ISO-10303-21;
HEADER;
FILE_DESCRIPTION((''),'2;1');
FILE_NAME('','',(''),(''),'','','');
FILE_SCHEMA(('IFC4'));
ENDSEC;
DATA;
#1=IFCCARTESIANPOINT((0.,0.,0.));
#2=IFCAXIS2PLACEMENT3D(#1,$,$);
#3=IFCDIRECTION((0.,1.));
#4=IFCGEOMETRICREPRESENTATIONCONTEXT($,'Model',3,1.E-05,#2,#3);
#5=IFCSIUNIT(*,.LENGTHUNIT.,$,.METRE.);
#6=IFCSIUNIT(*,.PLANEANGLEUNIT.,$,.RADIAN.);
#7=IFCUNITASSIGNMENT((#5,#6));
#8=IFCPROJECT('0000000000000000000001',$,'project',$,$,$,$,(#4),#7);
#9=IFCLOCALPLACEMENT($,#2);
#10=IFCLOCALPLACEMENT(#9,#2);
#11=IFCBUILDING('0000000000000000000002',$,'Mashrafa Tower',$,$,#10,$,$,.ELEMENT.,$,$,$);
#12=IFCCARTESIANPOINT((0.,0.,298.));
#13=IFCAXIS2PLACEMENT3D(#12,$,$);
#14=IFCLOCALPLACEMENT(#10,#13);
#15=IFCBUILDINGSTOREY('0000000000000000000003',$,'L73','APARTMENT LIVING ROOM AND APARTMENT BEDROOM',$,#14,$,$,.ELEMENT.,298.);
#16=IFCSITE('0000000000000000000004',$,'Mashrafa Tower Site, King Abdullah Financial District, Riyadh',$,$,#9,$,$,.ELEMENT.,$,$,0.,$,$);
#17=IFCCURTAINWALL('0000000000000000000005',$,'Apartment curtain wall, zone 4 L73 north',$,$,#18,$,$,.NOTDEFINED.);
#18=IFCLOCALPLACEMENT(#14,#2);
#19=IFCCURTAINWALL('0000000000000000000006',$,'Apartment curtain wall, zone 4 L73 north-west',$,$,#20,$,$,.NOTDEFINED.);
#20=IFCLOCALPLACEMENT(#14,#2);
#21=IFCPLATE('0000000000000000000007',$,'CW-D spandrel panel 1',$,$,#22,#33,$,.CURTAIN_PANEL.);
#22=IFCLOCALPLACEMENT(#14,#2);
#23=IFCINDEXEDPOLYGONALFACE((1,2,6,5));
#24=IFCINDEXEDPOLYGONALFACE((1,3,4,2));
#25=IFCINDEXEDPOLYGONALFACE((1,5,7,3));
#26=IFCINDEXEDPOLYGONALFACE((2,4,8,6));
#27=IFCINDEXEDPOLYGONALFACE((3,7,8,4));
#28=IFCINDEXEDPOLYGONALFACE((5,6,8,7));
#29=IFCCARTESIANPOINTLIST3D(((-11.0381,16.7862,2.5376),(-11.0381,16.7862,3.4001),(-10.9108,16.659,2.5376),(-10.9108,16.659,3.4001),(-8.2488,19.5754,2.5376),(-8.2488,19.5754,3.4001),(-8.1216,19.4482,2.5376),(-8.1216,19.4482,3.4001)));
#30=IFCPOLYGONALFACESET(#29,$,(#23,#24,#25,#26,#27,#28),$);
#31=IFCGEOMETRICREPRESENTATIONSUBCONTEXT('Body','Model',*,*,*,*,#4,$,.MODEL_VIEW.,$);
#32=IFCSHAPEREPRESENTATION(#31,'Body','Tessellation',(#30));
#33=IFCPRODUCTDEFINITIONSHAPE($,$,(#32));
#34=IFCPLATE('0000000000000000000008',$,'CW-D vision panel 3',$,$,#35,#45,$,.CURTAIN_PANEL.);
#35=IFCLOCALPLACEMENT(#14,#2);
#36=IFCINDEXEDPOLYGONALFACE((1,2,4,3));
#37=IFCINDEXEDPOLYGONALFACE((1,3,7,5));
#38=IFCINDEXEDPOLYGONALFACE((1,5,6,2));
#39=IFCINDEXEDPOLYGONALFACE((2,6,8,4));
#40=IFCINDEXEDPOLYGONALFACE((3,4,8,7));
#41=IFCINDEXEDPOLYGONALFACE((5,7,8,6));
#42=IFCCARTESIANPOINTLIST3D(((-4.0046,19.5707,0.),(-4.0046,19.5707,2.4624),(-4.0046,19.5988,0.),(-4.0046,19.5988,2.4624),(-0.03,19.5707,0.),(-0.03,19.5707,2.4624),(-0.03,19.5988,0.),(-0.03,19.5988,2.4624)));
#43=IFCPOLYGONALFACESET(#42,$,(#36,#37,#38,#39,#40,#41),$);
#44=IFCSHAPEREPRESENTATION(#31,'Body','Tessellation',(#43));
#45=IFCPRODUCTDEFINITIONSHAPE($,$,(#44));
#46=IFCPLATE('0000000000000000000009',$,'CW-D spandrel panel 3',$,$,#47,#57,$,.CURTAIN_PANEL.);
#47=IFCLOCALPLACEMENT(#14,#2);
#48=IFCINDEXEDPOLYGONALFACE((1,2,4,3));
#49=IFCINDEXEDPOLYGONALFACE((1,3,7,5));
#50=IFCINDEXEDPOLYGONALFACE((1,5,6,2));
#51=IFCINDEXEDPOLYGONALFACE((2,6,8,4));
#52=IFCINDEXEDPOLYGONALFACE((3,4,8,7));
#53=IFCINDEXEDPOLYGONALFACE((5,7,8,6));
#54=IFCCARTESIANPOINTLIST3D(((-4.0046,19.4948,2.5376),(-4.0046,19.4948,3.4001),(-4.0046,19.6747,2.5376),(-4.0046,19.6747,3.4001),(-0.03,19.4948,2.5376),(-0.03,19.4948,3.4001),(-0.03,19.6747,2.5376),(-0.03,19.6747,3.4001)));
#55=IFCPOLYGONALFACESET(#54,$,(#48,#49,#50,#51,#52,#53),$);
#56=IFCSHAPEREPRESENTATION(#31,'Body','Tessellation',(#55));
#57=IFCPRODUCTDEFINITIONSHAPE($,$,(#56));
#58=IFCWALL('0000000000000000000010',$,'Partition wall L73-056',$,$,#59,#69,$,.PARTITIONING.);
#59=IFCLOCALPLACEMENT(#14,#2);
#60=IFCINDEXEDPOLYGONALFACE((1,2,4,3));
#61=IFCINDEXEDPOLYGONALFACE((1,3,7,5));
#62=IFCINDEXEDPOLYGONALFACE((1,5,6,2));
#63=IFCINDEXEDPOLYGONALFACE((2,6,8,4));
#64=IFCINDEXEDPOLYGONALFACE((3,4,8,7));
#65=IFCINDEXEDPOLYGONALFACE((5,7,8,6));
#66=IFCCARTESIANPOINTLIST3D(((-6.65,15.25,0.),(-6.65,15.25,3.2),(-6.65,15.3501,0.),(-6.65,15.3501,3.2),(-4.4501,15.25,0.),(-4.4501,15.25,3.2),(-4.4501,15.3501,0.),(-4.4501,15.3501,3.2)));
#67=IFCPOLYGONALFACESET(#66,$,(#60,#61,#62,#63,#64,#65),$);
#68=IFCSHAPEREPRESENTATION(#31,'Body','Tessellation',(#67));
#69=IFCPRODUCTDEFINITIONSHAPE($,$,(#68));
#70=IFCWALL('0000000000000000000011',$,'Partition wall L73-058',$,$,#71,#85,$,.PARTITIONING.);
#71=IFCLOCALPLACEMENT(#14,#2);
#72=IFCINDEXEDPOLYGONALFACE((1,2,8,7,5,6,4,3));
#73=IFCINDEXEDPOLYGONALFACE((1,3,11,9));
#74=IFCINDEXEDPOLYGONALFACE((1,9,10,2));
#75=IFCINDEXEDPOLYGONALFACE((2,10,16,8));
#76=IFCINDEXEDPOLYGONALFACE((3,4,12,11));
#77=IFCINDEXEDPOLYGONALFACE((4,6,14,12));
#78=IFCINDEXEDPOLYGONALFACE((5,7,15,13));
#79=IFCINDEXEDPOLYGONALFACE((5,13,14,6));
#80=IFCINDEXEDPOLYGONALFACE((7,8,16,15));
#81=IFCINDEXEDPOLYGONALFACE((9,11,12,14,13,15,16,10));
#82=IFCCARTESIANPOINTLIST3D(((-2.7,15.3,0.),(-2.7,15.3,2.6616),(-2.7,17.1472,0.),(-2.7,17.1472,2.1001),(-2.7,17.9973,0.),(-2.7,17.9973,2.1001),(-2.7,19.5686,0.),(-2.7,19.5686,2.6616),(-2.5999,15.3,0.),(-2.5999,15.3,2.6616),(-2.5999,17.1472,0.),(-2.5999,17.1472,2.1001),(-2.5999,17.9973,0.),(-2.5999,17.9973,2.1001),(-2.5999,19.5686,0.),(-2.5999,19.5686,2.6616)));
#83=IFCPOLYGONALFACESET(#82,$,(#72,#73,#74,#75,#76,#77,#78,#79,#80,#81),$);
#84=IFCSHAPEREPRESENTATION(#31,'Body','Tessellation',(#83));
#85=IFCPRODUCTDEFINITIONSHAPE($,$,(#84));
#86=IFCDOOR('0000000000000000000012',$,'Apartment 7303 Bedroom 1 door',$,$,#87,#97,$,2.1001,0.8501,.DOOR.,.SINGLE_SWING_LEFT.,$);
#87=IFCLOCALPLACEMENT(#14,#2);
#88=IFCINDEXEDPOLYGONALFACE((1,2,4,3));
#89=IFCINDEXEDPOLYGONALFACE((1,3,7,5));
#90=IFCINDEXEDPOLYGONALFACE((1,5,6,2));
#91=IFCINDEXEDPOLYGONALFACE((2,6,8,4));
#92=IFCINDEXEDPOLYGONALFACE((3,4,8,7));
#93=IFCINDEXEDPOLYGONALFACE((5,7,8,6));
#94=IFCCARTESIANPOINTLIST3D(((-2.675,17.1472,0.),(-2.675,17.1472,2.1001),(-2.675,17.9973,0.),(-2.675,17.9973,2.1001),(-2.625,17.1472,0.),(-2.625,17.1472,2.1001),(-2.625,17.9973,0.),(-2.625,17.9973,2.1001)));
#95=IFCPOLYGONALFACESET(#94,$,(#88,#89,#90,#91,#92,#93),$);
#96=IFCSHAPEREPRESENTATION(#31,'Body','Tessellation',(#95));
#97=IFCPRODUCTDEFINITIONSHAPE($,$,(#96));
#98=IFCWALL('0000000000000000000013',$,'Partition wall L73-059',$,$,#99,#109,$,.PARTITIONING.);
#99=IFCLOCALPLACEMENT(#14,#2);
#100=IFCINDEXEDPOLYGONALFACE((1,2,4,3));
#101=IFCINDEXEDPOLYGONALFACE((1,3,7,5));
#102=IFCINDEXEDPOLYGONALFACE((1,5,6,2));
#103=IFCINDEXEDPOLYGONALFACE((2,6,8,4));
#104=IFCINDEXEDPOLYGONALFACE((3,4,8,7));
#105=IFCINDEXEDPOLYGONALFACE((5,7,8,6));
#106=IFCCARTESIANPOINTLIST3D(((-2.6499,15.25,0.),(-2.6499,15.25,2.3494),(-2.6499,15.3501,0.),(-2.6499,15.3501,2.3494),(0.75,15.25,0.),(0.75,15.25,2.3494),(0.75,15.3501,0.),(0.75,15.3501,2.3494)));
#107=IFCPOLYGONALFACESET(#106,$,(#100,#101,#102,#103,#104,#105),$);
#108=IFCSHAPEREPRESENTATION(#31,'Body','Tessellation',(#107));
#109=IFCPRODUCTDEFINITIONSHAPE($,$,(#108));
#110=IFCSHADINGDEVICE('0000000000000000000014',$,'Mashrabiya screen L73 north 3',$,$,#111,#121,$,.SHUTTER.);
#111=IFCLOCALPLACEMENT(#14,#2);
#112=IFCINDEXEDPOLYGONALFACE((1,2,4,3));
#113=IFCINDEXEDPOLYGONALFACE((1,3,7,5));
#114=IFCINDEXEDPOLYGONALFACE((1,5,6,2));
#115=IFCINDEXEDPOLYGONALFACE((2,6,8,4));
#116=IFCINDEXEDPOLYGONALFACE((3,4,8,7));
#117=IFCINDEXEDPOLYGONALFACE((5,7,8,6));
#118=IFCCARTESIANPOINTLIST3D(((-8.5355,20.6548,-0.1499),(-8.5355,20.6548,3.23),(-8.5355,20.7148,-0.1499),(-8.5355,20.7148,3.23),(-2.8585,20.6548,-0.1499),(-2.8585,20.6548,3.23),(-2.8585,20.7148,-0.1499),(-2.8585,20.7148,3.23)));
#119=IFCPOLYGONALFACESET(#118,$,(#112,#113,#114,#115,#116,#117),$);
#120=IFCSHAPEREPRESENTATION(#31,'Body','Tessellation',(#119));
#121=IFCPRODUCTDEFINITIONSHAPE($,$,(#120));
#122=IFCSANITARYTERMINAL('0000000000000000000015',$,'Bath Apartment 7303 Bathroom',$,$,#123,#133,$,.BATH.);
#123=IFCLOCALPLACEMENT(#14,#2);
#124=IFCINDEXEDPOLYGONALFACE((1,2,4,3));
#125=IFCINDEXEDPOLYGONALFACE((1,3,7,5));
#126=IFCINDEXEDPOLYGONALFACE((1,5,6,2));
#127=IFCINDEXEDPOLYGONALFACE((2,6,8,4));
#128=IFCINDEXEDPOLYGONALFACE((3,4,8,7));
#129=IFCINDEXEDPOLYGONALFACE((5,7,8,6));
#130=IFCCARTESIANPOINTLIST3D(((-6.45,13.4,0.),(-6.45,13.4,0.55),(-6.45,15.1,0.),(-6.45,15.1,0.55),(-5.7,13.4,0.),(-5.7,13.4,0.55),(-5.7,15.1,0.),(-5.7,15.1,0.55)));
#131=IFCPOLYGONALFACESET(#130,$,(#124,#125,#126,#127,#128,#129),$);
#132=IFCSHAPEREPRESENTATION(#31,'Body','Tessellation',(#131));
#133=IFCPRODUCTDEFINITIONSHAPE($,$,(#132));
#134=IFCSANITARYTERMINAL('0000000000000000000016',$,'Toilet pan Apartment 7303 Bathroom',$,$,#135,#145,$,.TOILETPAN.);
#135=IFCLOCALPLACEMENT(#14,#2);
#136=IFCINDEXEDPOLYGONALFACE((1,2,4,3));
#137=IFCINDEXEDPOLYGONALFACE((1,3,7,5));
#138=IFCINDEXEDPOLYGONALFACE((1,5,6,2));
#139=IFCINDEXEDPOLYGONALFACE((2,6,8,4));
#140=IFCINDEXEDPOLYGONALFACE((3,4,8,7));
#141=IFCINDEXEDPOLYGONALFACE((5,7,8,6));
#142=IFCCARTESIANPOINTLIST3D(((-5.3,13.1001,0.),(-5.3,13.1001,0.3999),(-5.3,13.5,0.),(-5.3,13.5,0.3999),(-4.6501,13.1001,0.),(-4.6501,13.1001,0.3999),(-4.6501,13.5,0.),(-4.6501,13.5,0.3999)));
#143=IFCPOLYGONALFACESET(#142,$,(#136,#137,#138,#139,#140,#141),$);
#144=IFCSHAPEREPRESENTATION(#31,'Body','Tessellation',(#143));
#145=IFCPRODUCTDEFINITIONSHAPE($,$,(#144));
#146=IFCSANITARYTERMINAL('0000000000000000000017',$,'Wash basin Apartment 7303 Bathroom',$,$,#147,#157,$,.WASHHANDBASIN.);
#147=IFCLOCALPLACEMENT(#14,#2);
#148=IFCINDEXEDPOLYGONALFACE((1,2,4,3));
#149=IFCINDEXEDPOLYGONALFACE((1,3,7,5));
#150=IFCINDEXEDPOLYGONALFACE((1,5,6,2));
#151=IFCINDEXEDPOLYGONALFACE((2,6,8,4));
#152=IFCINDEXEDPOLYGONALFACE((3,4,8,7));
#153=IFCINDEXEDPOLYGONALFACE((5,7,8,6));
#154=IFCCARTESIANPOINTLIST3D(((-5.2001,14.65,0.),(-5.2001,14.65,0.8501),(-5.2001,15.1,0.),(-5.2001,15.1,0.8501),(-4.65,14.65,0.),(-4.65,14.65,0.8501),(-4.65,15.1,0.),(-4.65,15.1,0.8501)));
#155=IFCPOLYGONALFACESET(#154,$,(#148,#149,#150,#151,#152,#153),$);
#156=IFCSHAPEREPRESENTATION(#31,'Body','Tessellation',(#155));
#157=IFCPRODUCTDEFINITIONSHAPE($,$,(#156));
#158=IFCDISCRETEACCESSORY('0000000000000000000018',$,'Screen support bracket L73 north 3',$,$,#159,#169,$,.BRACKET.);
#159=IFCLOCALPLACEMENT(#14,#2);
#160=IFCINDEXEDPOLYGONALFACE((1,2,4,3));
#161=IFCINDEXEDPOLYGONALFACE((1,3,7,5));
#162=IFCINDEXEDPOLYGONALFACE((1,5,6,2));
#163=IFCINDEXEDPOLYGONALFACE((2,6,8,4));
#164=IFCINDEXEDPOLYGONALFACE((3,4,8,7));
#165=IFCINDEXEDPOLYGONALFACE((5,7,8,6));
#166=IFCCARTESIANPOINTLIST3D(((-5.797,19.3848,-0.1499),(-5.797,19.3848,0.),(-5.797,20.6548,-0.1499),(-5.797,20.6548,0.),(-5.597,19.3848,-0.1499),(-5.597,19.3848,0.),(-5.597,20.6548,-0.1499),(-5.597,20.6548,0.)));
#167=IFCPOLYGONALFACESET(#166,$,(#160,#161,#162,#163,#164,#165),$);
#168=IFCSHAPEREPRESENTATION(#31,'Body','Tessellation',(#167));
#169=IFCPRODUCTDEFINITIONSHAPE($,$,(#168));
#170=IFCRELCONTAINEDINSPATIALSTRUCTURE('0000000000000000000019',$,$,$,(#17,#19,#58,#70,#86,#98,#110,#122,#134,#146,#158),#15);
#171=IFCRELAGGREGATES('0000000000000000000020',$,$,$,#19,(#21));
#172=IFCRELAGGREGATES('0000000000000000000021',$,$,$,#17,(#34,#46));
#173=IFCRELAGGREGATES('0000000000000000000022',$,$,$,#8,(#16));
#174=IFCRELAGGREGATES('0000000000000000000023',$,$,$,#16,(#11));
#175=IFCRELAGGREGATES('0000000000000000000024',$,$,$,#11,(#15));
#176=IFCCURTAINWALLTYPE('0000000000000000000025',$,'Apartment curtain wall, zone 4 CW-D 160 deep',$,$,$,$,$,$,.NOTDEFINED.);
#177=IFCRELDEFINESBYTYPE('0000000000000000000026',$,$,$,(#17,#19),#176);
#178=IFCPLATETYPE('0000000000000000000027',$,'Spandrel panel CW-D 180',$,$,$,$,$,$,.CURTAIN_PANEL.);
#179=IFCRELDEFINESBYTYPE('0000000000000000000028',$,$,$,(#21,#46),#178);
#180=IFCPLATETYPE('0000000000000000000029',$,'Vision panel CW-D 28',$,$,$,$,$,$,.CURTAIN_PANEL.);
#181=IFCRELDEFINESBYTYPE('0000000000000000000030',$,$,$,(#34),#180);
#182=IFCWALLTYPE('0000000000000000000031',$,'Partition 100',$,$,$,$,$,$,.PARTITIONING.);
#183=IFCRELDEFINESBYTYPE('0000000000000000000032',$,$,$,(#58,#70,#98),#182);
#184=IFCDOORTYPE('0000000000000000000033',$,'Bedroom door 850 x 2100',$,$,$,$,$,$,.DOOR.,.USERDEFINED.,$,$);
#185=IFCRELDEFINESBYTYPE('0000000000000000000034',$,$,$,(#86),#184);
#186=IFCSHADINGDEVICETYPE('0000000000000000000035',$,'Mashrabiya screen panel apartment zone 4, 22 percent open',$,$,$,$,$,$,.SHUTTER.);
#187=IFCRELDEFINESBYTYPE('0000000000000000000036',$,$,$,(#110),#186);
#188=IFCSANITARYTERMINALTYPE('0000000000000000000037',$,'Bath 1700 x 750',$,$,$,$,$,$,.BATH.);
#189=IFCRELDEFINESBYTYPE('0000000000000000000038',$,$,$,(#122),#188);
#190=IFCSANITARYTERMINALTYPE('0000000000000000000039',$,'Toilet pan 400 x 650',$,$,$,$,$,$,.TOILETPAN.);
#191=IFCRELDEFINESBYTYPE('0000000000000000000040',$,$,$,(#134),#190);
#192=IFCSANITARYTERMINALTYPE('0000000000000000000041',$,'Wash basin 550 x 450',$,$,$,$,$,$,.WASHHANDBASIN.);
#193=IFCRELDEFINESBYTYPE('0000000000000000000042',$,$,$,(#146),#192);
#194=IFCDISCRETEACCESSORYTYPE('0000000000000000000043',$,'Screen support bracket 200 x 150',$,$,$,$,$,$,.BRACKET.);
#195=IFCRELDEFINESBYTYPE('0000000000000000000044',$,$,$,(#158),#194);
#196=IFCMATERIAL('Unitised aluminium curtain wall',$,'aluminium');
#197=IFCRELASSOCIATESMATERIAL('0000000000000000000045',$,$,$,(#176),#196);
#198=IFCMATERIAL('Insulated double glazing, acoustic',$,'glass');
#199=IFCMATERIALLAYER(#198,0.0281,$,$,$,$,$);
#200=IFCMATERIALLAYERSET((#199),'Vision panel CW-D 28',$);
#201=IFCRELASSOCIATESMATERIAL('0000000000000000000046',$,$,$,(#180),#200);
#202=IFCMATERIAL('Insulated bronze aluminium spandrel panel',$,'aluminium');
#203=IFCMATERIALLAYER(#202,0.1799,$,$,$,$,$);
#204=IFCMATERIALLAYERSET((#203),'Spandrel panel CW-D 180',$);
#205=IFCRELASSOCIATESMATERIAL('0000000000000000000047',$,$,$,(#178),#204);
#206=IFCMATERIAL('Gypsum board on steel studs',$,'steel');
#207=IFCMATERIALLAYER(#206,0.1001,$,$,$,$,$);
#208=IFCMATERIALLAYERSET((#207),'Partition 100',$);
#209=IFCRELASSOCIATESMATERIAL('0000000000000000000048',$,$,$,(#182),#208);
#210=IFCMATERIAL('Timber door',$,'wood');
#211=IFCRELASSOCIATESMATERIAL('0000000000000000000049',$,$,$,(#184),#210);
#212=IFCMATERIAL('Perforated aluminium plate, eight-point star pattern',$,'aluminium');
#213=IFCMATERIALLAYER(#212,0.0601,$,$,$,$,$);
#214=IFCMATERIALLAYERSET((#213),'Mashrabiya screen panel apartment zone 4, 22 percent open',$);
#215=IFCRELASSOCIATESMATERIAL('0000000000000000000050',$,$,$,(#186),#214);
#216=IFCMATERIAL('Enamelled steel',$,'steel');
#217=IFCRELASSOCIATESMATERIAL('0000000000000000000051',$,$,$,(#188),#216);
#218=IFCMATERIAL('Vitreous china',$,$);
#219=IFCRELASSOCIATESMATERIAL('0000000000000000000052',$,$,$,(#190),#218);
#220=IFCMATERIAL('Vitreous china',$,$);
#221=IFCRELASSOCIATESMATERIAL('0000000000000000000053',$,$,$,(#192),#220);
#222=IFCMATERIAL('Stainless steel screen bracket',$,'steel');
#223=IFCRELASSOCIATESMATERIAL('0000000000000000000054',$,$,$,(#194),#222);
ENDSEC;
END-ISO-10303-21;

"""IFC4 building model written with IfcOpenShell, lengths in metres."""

from ifc_helpers import new_model, si_unit, direction, frame, frame_2d, origin, origin_2d, place, context, subcontext, project, spatial, rectangle, extrude, source, transform, mapped, material, layer, layer_set, type_object, type_shapes, element, fill, aggregate, save


model = new_model("IFC4")

# Units and contexts
model_context = context("Model", 3, precision=1e-05, world=origin(), true_north=direction((0.0, 1.0)))
body_context = subcontext(model_context, "Body", "Model", "MODEL_VIEW")
ifc_project = project(units=[si_unit("LENGTHUNIT", "METRE"), si_unit("PLANEANGLEUNIT", "RADIAN")], contexts=[model_context])

# Site, building, storey
site_placement = place(None, origin())
site = spatial("IfcSite", under=ifc_project, at=site_placement, Name="Mashrafa Tower Site, King Abdullah Financial District, Riyadh", CompositionType="ELEMENT", RefElevation=0.0)
building_placement = place(site_placement, origin())
building = spatial("IfcBuilding", under=site, at=building_placement, Name="Mashrafa Tower", CompositionType="ELEMENT")
storey_placement = place(building_placement, frame((0.0, 0.0, 298.0)))
storey = spatial("IfcBuildingStorey", under=building, at=storey_placement, Name="L73", Description="APARTMENT LIVING ROOM AND APARTMENT BEDROOM", CompositionType="ELEMENT", Elevation=298.0)

# Curtain wall
ifc_material_1 = material(Name="Unitised aluminium curtain wall", Category="aluminium")
curtain_wall_type = type_object("IfcCurtainWallType", Name="Apartment curtain wall, zone 4 CW-D 160 deep", PredefinedType="NOTDEFINED", material=ifc_material_1)
curtain_wall_1_placement = place(storey_placement, origin())
curtain_wall_1 = element("IfcCurtainWall", 1, at=curtain_wall_1_placement, inside=storey, type_object=curtain_wall_type, Name="Apartment curtain wall, zone 4 L73 north", PredefinedType="NOTDEFINED")

# Curtain wall
curtain_wall_2_placement = place(storey_placement, origin())
curtain_wall_2 = element("IfcCurtainWall", 2, at=curtain_wall_2_placement, inside=storey, type_object=curtain_wall_type, Name="Apartment curtain wall, zone 4 L73 north-west", PredefinedType="NOTDEFINED")

# Plates
ifc_material_2 = material(Name="Insulated double glazing, acoustic", Category="glass")
ifc_layer_1 = layer(ifc_material_2, 0.0281)
ifc_layer_set_1 = layer_set([ifc_layer_1], Name="Vision panel CW-D 28")
plate_type_1 = type_object("IfcPlateType", Name="Vision panel CW-D 28", PredefinedType="CURTAIN_PANEL", material=ifc_layer_set_1)
ifc_material_3 = material(Name="Insulated bronze aluminium spandrel panel", Category="aluminium")
ifc_layer_2 = layer(ifc_material_3, 0.1799)
ifc_layer_set_2 = layer_set([ifc_layer_2], Name="Spandrel panel CW-D 180")
plate_type_2 = type_object("IfcPlateType", Name="Spandrel panel CW-D 180", PredefinedType="CURTAIN_PANEL", material=ifc_layer_set_2)
shared_shape_1 = source(origin(), body_context, "Body", "SweptSolid", [
    extrude(rectangle(XDim=3.9446, YDim=0.1799, at=origin_2d()), origin(), (0.0, 0.0, 1.0), 0.8625),
])
plate_1_placement = place(storey_placement, frame((-9.5798, 18.1172, 2.5376), z_axis=(0.0, 0.0, 1.0), x_axis=(-0.707107, -0.707107, 0.0)))
plate_1 = element("IfcPlate", 3, at=plate_1_placement, type_object=plate_type_2, Name="CW-D spandrel panel 1", PredefinedType="CURTAIN_PANEL", context=body_context, shape_type="MappedRepresentation", body=[
    mapped(shared_shape_1, transform((0.0, 0.0, 0.0))),
])
aggregate(curtain_wall_2, [plate_1])
shared_shape_2 = source(origin(), body_context, "Body", "SweptSolid", [
    extrude(rectangle(XDim=3.9746, YDim=0.0281, at=origin_2d()), origin(), (0.0, 0.0, 1.0), 2.4624),
])
plate_2_placement = place(storey_placement, frame((-2.0173, 19.5847, 0.0), z_axis=(0.0, 0.0, 1.0), x_axis=(-1.0, 0.0, 0.0)))
plate_2 = element("IfcPlate", 4, at=plate_2_placement, type_object=plate_type_1, Name="CW-D vision panel 3", PredefinedType="CURTAIN_PANEL", context=body_context, shape_type="MappedRepresentation", body=[
    mapped(shared_shape_2, transform((0.0, 0.0, 0.0))),
])
shared_shape_3 = source(origin(), body_context, "Body", "SweptSolid", [
    extrude(rectangle(XDim=3.9746, YDim=0.1799, at=origin_2d()), origin(), (0.0, 0.0, 1.0), 0.8625),
])
type_shapes(plate_type_2, [shared_shape_1, shared_shape_3])
plate_3_placement = place(storey_placement, frame((-2.0173, 19.5847, 2.5376), z_axis=(0.0, 0.0, 1.0), x_axis=(-1.0, 0.0, 0.0)))
plate_3 = element("IfcPlate", 5, at=plate_3_placement, type_object=plate_type_2, Name="CW-D spandrel panel 3", PredefinedType="CURTAIN_PANEL", context=body_context, shape_type="MappedRepresentation", body=[
    mapped(shared_shape_3, transform((0.0, 0.0, 0.0))),
])
aggregate(curtain_wall_1, [plate_2, plate_3])

# Wall
ifc_material_4 = material(Name="Gypsum board on steel studs", Category="steel")
ifc_layer_3 = layer(ifc_material_4, 0.1001)
ifc_layer_set_3 = layer_set([ifc_layer_3], Name="Partition 100")
wall_type = type_object("IfcWallType", Name="Partition 100", PredefinedType="PARTITIONING", material=ifc_layer_set_3)
wall_1_placement = place(storey_placement, frame((-4.45, 15.3, 0.0), z_axis=(0.0, 0.0, 1.0), x_axis=(-1.0, 0.0, 0.0)))
element("IfcWall", 6, at=wall_1_placement, inside=storey, type_object=wall_type, Name="Partition wall L73-056", PredefinedType="PARTITIONING", context=body_context, shape_type="SweptSolid", body=[
    extrude(rectangle(XDim=2.2, YDim=0.1001, at=frame_2d((1.1001, 0.0))), origin(), (0.0, 0.0, 1.0), 3.2),
])

# Wall, opening, door
wall_2_placement = place(storey_placement, frame((-2.6499, 19.5686, 0.0), z_axis=(0.0, 0.0, 1.0), x_axis=(0.0, -1.0, 0.0)))
wall_2 = element("IfcWall", 7, at=wall_2_placement, inside=storey, type_object=wall_type, Name="Partition wall L73-058", PredefinedType="PARTITIONING", context=body_context, shape_type="SweptSolid", body=[
    extrude(rectangle(XDim=4.2686, YDim=0.1001, at=frame_2d((2.1343, 0.0))), origin(), (0.0, 0.0, 1.0), 2.6616),
])
opening_placement = place(wall_2_placement, frame((1.5713, 0.0, 0.0)))
opening = element("IfcOpeningElement", 8, at=opening_placement, cuts=wall_2, PredefinedType="OPENING", context=body_context, shape_type="SweptSolid", body=[
    extrude(rectangle(XDim=0.8501, YDim=2.1001, at=frame_2d((0.425, 1.05))), frame((0.0, 0.0601, 0.0), z_axis=(0.0, -1.0, 0.0), x_axis=(1.0, 0.0, 0.0)), (0.0, 0.0, 1.0), 0.1201),
])
ifc_material_5 = material(Name="Timber door", Category="wood")
door_type = type_object("IfcDoorType", Name="Bedroom door 850 x 2100", OperationType="USERDEFINED", PredefinedType="DOOR", material=ifc_material_5)
door_placement = place(opening_placement, origin())
door = element("IfcDoor", 9, at=door_placement, inside=storey, type_object=door_type, Name="Apartment 7303 Bedroom 1 door", OperationType="SINGLE_SWING_LEFT", OverallHeight=2.1001, OverallWidth=0.8501, PredefinedType="DOOR", context=body_context, shape_type="SweptSolid", body=[
    extrude(rectangle(XDim=0.8501, YDim=2.1001, at=frame_2d((0.425, 1.05))), frame((0.0, 0.0249, 0.0), z_axis=(0.0, -1.0, 0.0), x_axis=(1.0, 0.0, 0.0)), (0.0, 0.0, 1.0), 0.05),
])
fill(opening, door)

# Wall
wall_3_placement = place(storey_placement, frame((-2.6499, 15.3, 0.0), z_axis=(0.0, 0.0, 1.0), x_axis=(1.0, 0.0, 0.0)))
element("IfcWall", 10, at=wall_3_placement, inside=storey, type_object=wall_type, Name="Partition wall L73-059", PredefinedType="PARTITIONING", context=body_context, shape_type="SweptSolid", body=[
    extrude(rectangle(XDim=3.3999, YDim=0.1001, at=frame_2d((1.7, 0.0))), origin(), (0.0, 0.0, 1.0), 2.3494),
])

# Shading device
ifc_material_6 = material(Name="Perforated aluminium plate, eight-point star pattern", Category="aluminium")
ifc_layer_4 = layer(ifc_material_6, 0.0601)
ifc_layer_set_4 = layer_set([ifc_layer_4], Name="Mashrabiya screen panel apartment zone 4, 22 percent open")
shading_device_type = type_object("IfcShadingDeviceType", Name="Mashrabiya screen panel apartment zone 4, 22 percent open", PredefinedType="SHUTTER", material=ifc_layer_set_4)
shared_shape_4 = source(origin(), body_context, "Body", "SweptSolid", [
    extrude(rectangle(XDim=5.677, YDim=0.0601, at=origin_2d()), origin(), (0.0, 0.0, 1.0), 3.3799),
])
type_shapes(shading_device_type, [shared_shape_4])
shading_device_placement = place(storey_placement, frame((-5.697, 20.6848, -0.1499), z_axis=(0.0, 0.0, 1.0), x_axis=(-1.0, 0.0, 0.0)))
element("IfcShadingDevice", 11, at=shading_device_placement, inside=storey, type_object=shading_device_type, Name="Mashrabiya screen L73 north 3", PredefinedType="SHUTTER", context=body_context, shape_type="MappedRepresentation", body=[
    mapped(shared_shape_4, transform((0.0, 0.0, 0.0))),
])

# Sanitary terminals
ifc_material_7 = material(Name="Enamelled steel", Category="steel")
sanitary_terminal_type_1 = type_object("IfcSanitaryTerminalType", Name="Bath 1700 x 750", PredefinedType="BATH", material=ifc_material_7)
sanitary_terminal_1_placement = place(storey_placement, frame((-6.075, 14.25, 0.0), z_axis=(0.0, 0.0, 1.0), x_axis=(0.0, -1.0, 0.0)))
element("IfcSanitaryTerminal", 12, at=sanitary_terminal_1_placement, inside=storey, type_object=sanitary_terminal_type_1, Name="Bath Apartment 7303 Bathroom", PredefinedType="BATH", context=body_context, shape_type="SweptSolid", body=[
    extrude(rectangle(XDim=1.7, YDim=0.75, at=origin_2d()), origin(), (0.0, 0.0, 1.0), 0.55),
])
ifc_material_8 = material(Name="Vitreous china")
sanitary_terminal_type_2 = type_object("IfcSanitaryTerminalType", Name="Toilet pan 400 x 650", PredefinedType="TOILETPAN", material=ifc_material_8)
sanitary_terminal_2_placement = place(storey_placement, frame((-4.9751, 13.3, 0.0), z_axis=(0.0, 0.0, 1.0), x_axis=(0.0, 1.0, 0.0)))
element("IfcSanitaryTerminal", 13, at=sanitary_terminal_2_placement, inside=storey, type_object=sanitary_terminal_type_2, Name="Toilet pan Apartment 7303 Bathroom", PredefinedType="TOILETPAN", context=body_context, shape_type="SweptSolid", body=[
    extrude(rectangle(XDim=0.3999, YDim=0.6499, at=origin_2d()), origin(), (0.0, 0.0, 1.0), 0.3999),
])
ifc_material_9 = material(Name="Vitreous china")
sanitary_terminal_type_3 = type_object("IfcSanitaryTerminalType", Name="Wash basin 550 x 450", PredefinedType="WASHHANDBASIN", material=ifc_material_9)
sanitary_terminal_3_placement = place(storey_placement, frame((-4.925, 14.875, 0.0), z_axis=(0.0, 0.0, 1.0), x_axis=(-1.0, 0.0, 0.0)))
element("IfcSanitaryTerminal", 14, at=sanitary_terminal_3_placement, inside=storey, type_object=sanitary_terminal_type_3, Name="Wash basin Apartment 7303 Bathroom", PredefinedType="WASHHANDBASIN", context=body_context, shape_type="SweptSolid", body=[
    extrude(rectangle(XDim=0.55, YDim=0.45, at=origin_2d()), origin(), (0.0, 0.0, 1.0), 0.8501),
])

# Discrete accessory
ifc_material_10 = material(Name="Stainless steel screen bracket", Category="steel")
discrete_accessory_type = type_object("IfcDiscreteAccessoryType", Name="Screen support bracket 200 x 150", PredefinedType="BRACKET", material=ifc_material_10)
shared_shape_5 = source(origin(), body_context, "Body", "SweptSolid", [
    extrude(rectangle(XDim=0.2, YDim=1.27, at=origin_2d()), origin(), (0.0, 0.0, 1.0), 0.1499),
])
type_shapes(discrete_accessory_type, [shared_shape_5])
for number, where, z_axis, x_axis, name in (
    (15, (-5.697, 20.0198, -0.1499), (0.0, 0.0, 1.0), (-1.0, 0.0, 0.0), "Screen support bracket L73 north 3"),
):
    element("IfcDiscreteAccessory", number, at=place(storey_placement, frame(where, z_axis=z_axis, x_axis=x_axis)), inside=storey, type_object=discrete_accessory_type, Name=name, PredefinedType="BRACKET", context=body_context, shape_type="MappedRepresentation", body=[
        mapped(shared_shape_5, transform((0.0, 0.0, 0.0))),
    ])

save(model, "model.ifc")
